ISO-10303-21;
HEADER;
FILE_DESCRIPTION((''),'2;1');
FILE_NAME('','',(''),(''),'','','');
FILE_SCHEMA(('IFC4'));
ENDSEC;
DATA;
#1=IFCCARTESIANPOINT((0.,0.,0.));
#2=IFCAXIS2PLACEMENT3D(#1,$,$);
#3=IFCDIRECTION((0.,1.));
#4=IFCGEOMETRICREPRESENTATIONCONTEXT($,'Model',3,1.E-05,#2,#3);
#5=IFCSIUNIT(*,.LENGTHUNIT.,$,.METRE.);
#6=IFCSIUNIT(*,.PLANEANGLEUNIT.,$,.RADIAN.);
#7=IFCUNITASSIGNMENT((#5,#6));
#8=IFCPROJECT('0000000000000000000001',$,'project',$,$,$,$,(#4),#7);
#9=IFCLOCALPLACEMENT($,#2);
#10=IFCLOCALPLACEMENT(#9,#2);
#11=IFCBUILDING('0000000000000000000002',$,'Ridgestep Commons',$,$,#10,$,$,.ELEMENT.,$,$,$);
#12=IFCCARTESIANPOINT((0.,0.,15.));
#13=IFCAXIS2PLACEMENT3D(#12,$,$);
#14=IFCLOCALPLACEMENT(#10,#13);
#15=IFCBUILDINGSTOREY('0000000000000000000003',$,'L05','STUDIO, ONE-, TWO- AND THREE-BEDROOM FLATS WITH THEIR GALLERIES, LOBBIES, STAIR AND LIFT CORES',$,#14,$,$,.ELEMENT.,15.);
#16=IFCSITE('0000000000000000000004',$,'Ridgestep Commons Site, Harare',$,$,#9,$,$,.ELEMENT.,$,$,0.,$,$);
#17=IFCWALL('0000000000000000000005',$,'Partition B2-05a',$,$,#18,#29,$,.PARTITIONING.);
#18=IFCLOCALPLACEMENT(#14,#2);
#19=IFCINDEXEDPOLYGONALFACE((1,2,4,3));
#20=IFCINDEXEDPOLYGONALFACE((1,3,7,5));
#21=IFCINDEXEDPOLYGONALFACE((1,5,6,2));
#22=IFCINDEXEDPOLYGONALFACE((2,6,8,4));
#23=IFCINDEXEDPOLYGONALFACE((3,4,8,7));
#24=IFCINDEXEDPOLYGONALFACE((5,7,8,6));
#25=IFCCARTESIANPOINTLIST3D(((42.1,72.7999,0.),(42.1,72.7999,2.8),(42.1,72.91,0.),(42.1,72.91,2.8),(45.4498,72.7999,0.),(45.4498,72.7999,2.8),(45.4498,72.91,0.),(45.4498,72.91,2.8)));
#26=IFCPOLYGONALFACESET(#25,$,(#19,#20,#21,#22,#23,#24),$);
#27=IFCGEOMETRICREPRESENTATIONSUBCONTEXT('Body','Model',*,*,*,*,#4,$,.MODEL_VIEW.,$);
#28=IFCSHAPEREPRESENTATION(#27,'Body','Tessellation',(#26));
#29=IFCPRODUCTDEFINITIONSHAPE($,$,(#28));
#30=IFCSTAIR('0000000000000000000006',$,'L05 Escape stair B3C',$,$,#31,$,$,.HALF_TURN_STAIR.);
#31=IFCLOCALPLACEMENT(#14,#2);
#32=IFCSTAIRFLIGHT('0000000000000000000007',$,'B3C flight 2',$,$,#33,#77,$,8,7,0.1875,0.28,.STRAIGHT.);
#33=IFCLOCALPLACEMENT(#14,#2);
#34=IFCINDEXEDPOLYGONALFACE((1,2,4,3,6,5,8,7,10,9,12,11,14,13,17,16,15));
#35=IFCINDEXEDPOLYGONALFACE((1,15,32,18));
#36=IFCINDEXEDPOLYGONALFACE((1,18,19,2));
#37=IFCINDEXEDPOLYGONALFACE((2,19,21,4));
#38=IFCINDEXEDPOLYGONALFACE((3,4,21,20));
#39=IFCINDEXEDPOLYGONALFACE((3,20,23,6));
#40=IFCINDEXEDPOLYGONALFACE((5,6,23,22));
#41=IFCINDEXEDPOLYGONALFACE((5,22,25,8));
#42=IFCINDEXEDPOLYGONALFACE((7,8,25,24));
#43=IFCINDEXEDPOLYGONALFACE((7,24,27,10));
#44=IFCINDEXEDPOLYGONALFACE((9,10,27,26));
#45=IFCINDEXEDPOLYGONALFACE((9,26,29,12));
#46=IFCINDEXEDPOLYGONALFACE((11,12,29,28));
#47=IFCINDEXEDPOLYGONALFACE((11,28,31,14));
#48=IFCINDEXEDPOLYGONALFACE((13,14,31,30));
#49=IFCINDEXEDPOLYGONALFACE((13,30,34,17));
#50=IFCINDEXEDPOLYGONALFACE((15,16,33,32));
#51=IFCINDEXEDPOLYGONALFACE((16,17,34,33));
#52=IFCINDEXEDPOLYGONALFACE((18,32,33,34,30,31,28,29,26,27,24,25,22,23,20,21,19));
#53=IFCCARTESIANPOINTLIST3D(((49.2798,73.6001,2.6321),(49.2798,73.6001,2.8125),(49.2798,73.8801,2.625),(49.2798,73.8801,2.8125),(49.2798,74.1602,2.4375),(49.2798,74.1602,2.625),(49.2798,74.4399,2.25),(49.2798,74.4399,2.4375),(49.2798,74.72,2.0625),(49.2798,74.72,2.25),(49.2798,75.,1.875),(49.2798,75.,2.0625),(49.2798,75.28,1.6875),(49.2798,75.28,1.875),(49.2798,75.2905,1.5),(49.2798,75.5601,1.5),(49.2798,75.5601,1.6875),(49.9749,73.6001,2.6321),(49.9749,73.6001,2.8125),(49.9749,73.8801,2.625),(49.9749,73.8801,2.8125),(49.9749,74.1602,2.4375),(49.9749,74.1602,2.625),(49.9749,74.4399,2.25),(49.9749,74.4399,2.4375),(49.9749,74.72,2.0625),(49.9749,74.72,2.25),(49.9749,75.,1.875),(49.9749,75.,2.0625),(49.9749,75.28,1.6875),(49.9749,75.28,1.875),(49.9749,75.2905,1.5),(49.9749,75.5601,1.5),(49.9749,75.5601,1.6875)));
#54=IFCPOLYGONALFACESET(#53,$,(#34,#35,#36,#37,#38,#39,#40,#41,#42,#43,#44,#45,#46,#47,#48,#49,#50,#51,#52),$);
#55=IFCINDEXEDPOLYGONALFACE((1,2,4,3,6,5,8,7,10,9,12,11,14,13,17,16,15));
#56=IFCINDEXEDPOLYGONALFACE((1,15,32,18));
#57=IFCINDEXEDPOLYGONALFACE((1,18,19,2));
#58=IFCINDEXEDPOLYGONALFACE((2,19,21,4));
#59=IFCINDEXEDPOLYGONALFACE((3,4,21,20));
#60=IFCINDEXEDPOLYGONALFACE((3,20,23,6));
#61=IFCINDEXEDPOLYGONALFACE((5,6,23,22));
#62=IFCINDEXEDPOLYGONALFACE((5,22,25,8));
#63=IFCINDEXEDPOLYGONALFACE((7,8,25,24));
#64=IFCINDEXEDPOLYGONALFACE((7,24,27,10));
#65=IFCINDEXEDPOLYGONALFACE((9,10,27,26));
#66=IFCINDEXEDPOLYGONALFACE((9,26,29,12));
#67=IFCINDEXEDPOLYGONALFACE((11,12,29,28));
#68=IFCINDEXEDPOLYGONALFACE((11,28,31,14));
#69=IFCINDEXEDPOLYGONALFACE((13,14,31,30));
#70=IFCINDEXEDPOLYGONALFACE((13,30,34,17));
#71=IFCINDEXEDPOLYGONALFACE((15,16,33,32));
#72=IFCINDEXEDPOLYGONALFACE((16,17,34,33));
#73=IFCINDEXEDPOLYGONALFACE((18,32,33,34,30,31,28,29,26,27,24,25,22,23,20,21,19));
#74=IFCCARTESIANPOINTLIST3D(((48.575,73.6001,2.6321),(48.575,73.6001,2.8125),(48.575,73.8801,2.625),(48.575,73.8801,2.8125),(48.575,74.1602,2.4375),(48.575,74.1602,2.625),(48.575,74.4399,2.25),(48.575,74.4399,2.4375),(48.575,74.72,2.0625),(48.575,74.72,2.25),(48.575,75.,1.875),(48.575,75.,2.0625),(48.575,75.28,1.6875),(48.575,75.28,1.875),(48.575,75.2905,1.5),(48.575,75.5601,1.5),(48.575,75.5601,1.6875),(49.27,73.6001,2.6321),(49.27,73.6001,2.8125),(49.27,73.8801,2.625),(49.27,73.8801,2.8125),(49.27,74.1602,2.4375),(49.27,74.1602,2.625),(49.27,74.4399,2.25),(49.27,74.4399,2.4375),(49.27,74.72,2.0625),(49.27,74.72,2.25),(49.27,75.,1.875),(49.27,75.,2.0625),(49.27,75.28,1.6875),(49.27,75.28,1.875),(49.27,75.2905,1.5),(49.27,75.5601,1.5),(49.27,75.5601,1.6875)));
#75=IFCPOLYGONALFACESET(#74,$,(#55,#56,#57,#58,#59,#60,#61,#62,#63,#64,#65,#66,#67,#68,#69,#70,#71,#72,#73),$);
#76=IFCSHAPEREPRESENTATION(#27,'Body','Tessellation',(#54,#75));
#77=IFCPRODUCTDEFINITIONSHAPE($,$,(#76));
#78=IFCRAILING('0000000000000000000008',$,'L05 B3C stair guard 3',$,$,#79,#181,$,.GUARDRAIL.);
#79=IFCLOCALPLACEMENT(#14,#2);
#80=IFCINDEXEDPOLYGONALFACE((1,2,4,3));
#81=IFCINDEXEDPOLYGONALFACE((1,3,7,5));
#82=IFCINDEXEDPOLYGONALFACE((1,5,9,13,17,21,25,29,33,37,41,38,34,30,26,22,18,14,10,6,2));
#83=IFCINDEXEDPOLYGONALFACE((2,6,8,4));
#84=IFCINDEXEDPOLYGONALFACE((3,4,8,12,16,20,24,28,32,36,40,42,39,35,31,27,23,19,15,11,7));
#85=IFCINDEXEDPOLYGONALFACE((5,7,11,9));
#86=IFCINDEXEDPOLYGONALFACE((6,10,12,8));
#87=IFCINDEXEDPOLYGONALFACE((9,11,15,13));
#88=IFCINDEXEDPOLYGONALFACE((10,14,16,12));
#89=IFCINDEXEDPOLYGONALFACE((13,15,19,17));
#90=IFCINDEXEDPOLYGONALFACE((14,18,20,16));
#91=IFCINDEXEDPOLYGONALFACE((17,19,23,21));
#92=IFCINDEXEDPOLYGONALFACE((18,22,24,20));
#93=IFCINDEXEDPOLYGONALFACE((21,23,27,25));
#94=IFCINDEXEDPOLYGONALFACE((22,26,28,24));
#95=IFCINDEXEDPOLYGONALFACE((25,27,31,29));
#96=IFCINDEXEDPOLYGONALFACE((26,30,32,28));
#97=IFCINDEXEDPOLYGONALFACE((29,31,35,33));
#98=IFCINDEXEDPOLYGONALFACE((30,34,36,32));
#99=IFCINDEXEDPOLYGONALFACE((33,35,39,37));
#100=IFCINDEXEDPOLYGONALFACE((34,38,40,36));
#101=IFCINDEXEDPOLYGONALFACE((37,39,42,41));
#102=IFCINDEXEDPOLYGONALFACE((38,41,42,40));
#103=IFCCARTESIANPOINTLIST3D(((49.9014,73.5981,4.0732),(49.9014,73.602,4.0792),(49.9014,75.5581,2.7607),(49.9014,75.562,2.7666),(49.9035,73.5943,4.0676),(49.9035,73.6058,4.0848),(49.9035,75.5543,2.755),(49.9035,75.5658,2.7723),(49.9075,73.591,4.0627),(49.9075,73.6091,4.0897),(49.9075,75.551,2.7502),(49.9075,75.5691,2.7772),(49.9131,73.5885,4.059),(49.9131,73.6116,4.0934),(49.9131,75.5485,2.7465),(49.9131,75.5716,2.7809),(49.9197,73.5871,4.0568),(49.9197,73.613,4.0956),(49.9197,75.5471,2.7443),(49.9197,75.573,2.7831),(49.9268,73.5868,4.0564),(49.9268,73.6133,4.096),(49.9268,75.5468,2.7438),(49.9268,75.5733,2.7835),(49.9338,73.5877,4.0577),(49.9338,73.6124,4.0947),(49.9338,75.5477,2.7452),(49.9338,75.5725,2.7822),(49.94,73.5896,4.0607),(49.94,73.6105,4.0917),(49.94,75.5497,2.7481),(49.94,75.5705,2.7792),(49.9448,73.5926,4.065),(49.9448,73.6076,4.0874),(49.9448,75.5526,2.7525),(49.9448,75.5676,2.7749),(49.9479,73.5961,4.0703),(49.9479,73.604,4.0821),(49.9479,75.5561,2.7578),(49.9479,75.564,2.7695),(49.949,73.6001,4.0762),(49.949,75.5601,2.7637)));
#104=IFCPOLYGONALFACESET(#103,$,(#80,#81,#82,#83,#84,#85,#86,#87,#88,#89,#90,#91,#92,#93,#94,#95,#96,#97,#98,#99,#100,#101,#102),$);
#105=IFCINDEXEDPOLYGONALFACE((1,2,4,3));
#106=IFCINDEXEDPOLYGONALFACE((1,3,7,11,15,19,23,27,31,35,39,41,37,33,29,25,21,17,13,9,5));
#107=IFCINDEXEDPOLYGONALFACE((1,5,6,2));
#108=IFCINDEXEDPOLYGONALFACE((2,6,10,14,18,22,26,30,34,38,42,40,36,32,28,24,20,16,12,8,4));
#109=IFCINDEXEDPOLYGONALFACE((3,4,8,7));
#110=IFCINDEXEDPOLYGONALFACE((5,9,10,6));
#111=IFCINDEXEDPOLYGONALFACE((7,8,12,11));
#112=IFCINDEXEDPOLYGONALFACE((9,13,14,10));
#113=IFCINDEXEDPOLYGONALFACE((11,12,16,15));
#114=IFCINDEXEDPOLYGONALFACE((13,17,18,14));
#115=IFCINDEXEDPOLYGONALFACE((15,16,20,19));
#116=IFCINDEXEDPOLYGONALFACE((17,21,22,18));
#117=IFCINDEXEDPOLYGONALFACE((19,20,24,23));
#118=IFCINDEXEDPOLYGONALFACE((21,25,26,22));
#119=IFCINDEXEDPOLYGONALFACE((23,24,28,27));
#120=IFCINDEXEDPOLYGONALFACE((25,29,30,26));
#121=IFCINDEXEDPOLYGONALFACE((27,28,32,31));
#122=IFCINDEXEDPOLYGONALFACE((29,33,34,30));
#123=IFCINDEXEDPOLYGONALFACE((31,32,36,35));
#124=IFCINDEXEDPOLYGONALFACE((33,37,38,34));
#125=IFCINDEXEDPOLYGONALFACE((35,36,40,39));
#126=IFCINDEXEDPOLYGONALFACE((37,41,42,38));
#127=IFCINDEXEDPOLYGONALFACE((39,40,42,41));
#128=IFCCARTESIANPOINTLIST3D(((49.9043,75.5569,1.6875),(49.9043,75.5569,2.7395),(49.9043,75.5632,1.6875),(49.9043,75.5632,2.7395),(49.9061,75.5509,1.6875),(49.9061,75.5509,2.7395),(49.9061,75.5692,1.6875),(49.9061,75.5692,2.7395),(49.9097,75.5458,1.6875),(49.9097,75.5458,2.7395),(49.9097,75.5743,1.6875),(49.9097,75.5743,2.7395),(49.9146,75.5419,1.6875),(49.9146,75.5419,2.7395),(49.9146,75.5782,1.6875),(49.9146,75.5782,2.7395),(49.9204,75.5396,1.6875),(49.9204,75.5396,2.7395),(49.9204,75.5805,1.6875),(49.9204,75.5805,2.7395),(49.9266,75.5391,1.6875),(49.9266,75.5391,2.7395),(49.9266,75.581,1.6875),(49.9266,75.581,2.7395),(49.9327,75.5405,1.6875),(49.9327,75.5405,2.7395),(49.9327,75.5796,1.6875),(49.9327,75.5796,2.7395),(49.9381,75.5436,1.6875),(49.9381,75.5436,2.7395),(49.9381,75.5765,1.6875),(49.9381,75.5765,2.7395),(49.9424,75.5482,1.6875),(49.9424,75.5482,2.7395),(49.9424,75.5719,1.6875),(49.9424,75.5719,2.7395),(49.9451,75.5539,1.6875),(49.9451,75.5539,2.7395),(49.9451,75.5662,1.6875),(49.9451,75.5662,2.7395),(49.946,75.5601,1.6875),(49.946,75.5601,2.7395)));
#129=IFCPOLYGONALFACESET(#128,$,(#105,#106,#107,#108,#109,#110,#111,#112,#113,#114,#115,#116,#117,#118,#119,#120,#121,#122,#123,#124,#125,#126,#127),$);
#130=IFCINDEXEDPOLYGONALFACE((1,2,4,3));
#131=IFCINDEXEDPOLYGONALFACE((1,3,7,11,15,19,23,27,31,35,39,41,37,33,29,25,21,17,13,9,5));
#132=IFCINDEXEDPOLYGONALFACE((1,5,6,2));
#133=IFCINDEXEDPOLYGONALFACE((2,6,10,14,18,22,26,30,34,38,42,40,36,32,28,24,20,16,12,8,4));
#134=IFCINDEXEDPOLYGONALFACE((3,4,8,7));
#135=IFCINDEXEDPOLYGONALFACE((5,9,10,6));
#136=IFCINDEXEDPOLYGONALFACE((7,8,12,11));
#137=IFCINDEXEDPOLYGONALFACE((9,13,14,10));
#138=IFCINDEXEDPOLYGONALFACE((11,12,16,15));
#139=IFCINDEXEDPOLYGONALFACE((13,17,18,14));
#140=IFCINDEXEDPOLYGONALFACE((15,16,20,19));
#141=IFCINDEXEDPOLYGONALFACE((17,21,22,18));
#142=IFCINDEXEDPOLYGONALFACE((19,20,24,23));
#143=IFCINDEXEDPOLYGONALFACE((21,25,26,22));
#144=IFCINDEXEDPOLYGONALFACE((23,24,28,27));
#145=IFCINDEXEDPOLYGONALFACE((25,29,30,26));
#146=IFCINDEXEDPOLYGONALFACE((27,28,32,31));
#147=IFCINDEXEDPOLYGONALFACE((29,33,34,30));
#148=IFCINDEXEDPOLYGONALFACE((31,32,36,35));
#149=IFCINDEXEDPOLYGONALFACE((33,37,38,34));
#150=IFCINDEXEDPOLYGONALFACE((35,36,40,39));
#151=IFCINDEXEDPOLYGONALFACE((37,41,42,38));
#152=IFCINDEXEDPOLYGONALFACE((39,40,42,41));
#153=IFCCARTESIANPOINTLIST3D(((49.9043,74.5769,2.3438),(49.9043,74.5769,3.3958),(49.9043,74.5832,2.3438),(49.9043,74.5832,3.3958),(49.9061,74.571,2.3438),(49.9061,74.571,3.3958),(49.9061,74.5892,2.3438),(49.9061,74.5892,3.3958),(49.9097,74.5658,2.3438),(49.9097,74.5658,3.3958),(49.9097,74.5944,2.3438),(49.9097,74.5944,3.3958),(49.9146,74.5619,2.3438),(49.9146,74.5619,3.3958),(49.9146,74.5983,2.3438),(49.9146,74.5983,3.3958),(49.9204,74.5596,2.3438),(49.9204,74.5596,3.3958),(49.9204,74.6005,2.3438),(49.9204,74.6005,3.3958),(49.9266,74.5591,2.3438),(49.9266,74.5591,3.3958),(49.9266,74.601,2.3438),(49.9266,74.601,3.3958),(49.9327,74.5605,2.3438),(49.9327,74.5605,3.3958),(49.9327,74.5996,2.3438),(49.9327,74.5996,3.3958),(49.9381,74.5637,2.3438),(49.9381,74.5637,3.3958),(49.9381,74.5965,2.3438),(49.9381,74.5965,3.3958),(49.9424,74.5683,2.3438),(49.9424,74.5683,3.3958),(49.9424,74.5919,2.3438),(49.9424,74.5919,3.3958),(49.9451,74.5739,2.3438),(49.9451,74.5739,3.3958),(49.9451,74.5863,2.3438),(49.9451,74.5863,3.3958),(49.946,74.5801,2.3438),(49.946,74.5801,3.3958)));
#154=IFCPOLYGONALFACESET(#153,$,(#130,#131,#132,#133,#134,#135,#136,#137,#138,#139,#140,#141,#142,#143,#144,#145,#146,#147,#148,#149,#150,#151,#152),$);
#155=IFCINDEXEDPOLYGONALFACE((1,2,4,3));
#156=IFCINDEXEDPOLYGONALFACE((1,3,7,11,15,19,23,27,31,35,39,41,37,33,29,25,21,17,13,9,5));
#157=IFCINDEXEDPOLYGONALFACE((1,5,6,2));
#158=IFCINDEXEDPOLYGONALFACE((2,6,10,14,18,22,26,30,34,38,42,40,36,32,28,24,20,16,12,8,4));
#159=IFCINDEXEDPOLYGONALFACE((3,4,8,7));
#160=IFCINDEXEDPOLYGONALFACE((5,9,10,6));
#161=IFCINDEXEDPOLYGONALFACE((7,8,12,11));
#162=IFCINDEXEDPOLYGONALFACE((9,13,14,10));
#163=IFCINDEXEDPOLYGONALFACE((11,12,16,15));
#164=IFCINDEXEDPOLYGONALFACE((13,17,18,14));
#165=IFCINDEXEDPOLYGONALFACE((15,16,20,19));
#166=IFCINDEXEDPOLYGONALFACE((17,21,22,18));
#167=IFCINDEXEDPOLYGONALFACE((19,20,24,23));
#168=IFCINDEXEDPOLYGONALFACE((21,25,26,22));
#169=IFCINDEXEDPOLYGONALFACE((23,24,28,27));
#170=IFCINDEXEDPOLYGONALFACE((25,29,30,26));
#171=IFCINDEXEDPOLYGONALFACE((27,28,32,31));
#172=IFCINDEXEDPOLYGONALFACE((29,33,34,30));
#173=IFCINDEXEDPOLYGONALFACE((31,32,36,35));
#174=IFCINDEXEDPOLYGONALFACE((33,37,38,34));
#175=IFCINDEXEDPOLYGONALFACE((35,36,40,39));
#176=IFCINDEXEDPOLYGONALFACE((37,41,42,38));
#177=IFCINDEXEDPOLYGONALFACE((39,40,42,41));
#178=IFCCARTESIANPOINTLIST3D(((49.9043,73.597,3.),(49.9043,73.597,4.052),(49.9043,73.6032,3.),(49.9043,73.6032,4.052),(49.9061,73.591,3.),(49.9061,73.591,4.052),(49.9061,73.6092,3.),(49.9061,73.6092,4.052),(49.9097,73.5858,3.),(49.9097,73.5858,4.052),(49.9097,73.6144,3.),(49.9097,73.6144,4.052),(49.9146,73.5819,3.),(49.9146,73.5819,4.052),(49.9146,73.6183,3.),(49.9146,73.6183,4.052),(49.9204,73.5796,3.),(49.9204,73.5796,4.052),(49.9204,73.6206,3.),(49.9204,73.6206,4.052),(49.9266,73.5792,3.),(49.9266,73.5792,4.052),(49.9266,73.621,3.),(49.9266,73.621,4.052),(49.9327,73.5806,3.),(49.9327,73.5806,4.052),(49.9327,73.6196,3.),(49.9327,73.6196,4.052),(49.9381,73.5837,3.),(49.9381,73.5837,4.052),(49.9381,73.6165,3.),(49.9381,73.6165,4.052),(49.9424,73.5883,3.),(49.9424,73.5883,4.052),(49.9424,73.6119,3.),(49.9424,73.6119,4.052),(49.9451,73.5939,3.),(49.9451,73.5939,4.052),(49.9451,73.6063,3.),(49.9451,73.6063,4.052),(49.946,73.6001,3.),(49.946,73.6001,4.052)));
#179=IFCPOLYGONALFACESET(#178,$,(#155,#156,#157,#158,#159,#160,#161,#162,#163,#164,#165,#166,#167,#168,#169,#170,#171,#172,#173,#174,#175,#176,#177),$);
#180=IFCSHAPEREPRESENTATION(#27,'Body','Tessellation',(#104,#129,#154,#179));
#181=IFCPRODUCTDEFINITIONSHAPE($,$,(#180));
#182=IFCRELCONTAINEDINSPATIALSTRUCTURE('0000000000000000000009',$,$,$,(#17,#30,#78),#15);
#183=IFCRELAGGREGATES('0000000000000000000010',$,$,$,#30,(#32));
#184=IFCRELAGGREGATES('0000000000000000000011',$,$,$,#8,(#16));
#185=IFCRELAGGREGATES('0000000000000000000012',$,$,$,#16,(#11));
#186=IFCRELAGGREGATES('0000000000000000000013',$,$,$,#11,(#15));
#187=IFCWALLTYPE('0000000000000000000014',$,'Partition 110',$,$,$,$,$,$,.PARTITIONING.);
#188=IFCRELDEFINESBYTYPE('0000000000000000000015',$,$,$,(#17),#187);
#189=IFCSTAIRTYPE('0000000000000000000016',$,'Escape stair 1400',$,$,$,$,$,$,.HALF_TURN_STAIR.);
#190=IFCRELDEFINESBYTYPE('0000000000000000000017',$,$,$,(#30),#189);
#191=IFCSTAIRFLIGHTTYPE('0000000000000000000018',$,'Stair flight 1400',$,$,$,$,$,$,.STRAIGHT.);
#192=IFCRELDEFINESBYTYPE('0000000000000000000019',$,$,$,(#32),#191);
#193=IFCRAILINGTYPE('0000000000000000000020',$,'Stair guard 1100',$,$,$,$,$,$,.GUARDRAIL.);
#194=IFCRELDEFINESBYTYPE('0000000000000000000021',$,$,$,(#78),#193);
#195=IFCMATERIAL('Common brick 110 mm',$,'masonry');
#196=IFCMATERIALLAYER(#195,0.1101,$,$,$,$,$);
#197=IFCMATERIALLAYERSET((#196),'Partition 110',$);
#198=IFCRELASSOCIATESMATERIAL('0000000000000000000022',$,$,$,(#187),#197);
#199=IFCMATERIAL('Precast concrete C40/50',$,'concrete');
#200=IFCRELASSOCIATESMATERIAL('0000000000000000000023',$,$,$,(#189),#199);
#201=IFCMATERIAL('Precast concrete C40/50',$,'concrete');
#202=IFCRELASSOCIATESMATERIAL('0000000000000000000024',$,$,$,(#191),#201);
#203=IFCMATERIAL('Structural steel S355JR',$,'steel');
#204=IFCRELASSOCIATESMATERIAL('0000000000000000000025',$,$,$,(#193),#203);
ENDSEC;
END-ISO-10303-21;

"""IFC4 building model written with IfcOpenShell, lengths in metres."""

from ifc_helpers import new_model, si_unit, direction, frame, frame_2d, origin, origin_2d, place, context, subcontext, project, spatial, polyline, rectangle, circle, outline, extrude, material, layer, layer_set, type_object, element, aggregate, save


model = new_model("IFC4")

# Units and contexts
model_context = context("Model", 3, precision=1e-05, world=origin(), true_north=direction((0.0, 1.0)))
body_context = subcontext(model_context, "Body", "Model", "MODEL_VIEW")
ifc_project = project(units=[si_unit("LENGTHUNIT", "METRE"), si_unit("PLANEANGLEUNIT", "RADIAN")], contexts=[model_context])

# Site, building, storey
site_placement = place(None, origin())
site = spatial("IfcSite", under=ifc_project, at=site_placement, Name="Ridgestep Commons Site, Harare", CompositionType="ELEMENT", RefElevation=0.0)
building_placement = place(site_placement, origin())
building = spatial("IfcBuilding", under=site, at=building_placement, Name="Ridgestep Commons", CompositionType="ELEMENT")
storey_placement = place(building_placement, frame((0.0, 0.0, 15.0)))
storey = spatial("IfcBuildingStorey", under=building, at=storey_placement, Name="L05", Description="STUDIO, ONE-, TWO- AND THREE-BEDROOM FLATS WITH THEIR GALLERIES, LOBBIES, STAIR AND LIFT CORES", CompositionType="ELEMENT", Elevation=15.0)

# Wall
ifc_material_1 = material(Name="Common brick 110 mm", Category="masonry")
ifc_layer_1 = layer(ifc_material_1, 0.1101)
ifc_layer_set_1 = layer_set([ifc_layer_1], Name="Partition 110")
wall_type_1 = type_object("IfcWallType", Name="Partition 110", PredefinedType="PARTITIONING", material=ifc_layer_set_1)
wall_1_placement = place(storey_placement, frame((42.1001, 72.855, 0.0), z_axis=(0.0, 0.0, 1.0), x_axis=(1.0, 0.0, 0.0)))
element("IfcWall", 1, at=wall_1_placement, inside=storey, type_object=wall_type_1, Name="Partition B2-05a", PredefinedType="PARTITIONING", context=body_context, shape_type="SweptSolid", body=[
    extrude(rectangle(XDim=3.3499, YDim=0.1101, at=frame_2d((1.6748, 0.0))), origin(), (0.0, 0.0, 1.0), 2.8),
])

# Stair, stair flight
ifc_material_2 = material(Name="Precast concrete C40/50", Category="concrete")
stair_type = type_object("IfcStairType", Name="Escape stair 1400", PredefinedType="HALF_TURN_STAIR", material=ifc_material_2)
stair_placement = place(storey_placement, origin())
stair = element("IfcStair", 2, at=stair_placement, inside=storey, type_object=stair_type, Name="L05 Escape stair B3C", PredefinedType="HALF_TURN_STAIR")
ifc_material_3 = material(Name="Precast concrete C40/50", Category="concrete")
stair_flight_type = type_object("IfcStairFlightType", Name="Stair flight 1400", PredefinedType="STRAIGHT", material=ifc_material_3)
stair_flight_placement = place(storey_placement, frame((49.2749, 75.5601, 1.5), z_axis=(0.0, 0.0, 1.0), x_axis=(0.0, -1.0, 0.0)))
stair_flight = element("IfcStairFlight", 3, at=stair_flight_placement, type_object=stair_flight_type, Name="B3C flight 2", NumberOfRisers=8, NumberOfTreads=7, PredefinedType="STRAIGHT", RiserHeight=0.1875, TreadLength=0.28, context=body_context, shape_type="SweptSolid", body=[
    extrude(outline(polyline([(0.0, 0.0), (0.0, 0.1875), (0.28, 0.1875), (0.28, 0.375), (0.5601, 0.375), (0.5601, 0.5625), (0.8401, 0.5625), (0.8401, 0.75), (1.1201, 0.75), (1.1201, 0.9375), (1.3999, 0.9375), (1.3999, 1.125), (1.6799, 1.125), (1.6799, 1.3125), (1.96, 1.3125), (1.96, 1.5), (1.96, 1.1321), (0.2695, 0.0), (0.0, 0.0)])), frame((0.0, 0.7, 0.0), z_axis=(0.0, -1.0, 0.0), x_axis=(1.0, 0.0, 0.0)), (0.0, 0.0, 1.0), 0.6951),
    extrude(outline(polyline([(0.0, 0.0), (0.0, 0.1875), (0.28, 0.1875), (0.28, 0.375), (0.5601, 0.375), (0.5601, 0.5625), (0.8401, 0.5625), (0.8401, 0.75), (1.1201, 0.75), (1.1201, 0.9375), (1.3999, 0.9375), (1.3999, 1.125), (1.6799, 1.125), (1.6799, 1.3125), (1.96, 1.3125), (1.96, 1.5), (1.96, 1.1321), (0.2695, 0.0), (0.0, 0.0)])), frame((0.0, -0.0049, 0.0), z_axis=(0.0, -1.0, 0.0), x_axis=(1.0, 0.0, 0.0)), (0.0, 0.0, 1.0), 0.6951),
])
aggregate(stair, [stair_flight])

# Railing
ifc_material_4 = material(Name="Structural steel S355JR", Category="steel")
railing_type_1 = type_object("IfcRailingType", Name="Stair guard 1100", PredefinedType="GUARDRAIL", material=ifc_material_4)
railing_1_placement = place(storey_placement, frame((49.925, 75.5601, 1.6875)))
element("IfcRailing", 4, at=railing_1_placement, inside=storey, type_object=railing_type_1, Name="L05 B3C stair guard 3", PredefinedType="GUARDRAIL", context=body_context, shape_type="SweptSolid", body=[
    extrude(circle(Radius=0.0239, at=origin_2d()), frame((0.0, 0.0, 1.0762), z_axis=(0.0, -0.830902, 0.556419), x_axis=(1.0, 0.0, 0.0)), (0.0, 0.0, 1.0), 2.3589),
    extrude(circle(Radius=0.021, at=origin_2d()), origin(), (0.0, 0.0, 1.0), 1.052),
    extrude(circle(Radius=0.021, at=origin_2d()), frame((0.0, -0.98, 0.6562)), (0.0, 0.0, 1.0), 1.052),
    extrude(circle(Radius=0.021, at=origin_2d()), frame((0.0, -1.96, 1.3125)), (0.0, 0.0, 1.0), 1.052),
])

save(model, "model.ifc")
